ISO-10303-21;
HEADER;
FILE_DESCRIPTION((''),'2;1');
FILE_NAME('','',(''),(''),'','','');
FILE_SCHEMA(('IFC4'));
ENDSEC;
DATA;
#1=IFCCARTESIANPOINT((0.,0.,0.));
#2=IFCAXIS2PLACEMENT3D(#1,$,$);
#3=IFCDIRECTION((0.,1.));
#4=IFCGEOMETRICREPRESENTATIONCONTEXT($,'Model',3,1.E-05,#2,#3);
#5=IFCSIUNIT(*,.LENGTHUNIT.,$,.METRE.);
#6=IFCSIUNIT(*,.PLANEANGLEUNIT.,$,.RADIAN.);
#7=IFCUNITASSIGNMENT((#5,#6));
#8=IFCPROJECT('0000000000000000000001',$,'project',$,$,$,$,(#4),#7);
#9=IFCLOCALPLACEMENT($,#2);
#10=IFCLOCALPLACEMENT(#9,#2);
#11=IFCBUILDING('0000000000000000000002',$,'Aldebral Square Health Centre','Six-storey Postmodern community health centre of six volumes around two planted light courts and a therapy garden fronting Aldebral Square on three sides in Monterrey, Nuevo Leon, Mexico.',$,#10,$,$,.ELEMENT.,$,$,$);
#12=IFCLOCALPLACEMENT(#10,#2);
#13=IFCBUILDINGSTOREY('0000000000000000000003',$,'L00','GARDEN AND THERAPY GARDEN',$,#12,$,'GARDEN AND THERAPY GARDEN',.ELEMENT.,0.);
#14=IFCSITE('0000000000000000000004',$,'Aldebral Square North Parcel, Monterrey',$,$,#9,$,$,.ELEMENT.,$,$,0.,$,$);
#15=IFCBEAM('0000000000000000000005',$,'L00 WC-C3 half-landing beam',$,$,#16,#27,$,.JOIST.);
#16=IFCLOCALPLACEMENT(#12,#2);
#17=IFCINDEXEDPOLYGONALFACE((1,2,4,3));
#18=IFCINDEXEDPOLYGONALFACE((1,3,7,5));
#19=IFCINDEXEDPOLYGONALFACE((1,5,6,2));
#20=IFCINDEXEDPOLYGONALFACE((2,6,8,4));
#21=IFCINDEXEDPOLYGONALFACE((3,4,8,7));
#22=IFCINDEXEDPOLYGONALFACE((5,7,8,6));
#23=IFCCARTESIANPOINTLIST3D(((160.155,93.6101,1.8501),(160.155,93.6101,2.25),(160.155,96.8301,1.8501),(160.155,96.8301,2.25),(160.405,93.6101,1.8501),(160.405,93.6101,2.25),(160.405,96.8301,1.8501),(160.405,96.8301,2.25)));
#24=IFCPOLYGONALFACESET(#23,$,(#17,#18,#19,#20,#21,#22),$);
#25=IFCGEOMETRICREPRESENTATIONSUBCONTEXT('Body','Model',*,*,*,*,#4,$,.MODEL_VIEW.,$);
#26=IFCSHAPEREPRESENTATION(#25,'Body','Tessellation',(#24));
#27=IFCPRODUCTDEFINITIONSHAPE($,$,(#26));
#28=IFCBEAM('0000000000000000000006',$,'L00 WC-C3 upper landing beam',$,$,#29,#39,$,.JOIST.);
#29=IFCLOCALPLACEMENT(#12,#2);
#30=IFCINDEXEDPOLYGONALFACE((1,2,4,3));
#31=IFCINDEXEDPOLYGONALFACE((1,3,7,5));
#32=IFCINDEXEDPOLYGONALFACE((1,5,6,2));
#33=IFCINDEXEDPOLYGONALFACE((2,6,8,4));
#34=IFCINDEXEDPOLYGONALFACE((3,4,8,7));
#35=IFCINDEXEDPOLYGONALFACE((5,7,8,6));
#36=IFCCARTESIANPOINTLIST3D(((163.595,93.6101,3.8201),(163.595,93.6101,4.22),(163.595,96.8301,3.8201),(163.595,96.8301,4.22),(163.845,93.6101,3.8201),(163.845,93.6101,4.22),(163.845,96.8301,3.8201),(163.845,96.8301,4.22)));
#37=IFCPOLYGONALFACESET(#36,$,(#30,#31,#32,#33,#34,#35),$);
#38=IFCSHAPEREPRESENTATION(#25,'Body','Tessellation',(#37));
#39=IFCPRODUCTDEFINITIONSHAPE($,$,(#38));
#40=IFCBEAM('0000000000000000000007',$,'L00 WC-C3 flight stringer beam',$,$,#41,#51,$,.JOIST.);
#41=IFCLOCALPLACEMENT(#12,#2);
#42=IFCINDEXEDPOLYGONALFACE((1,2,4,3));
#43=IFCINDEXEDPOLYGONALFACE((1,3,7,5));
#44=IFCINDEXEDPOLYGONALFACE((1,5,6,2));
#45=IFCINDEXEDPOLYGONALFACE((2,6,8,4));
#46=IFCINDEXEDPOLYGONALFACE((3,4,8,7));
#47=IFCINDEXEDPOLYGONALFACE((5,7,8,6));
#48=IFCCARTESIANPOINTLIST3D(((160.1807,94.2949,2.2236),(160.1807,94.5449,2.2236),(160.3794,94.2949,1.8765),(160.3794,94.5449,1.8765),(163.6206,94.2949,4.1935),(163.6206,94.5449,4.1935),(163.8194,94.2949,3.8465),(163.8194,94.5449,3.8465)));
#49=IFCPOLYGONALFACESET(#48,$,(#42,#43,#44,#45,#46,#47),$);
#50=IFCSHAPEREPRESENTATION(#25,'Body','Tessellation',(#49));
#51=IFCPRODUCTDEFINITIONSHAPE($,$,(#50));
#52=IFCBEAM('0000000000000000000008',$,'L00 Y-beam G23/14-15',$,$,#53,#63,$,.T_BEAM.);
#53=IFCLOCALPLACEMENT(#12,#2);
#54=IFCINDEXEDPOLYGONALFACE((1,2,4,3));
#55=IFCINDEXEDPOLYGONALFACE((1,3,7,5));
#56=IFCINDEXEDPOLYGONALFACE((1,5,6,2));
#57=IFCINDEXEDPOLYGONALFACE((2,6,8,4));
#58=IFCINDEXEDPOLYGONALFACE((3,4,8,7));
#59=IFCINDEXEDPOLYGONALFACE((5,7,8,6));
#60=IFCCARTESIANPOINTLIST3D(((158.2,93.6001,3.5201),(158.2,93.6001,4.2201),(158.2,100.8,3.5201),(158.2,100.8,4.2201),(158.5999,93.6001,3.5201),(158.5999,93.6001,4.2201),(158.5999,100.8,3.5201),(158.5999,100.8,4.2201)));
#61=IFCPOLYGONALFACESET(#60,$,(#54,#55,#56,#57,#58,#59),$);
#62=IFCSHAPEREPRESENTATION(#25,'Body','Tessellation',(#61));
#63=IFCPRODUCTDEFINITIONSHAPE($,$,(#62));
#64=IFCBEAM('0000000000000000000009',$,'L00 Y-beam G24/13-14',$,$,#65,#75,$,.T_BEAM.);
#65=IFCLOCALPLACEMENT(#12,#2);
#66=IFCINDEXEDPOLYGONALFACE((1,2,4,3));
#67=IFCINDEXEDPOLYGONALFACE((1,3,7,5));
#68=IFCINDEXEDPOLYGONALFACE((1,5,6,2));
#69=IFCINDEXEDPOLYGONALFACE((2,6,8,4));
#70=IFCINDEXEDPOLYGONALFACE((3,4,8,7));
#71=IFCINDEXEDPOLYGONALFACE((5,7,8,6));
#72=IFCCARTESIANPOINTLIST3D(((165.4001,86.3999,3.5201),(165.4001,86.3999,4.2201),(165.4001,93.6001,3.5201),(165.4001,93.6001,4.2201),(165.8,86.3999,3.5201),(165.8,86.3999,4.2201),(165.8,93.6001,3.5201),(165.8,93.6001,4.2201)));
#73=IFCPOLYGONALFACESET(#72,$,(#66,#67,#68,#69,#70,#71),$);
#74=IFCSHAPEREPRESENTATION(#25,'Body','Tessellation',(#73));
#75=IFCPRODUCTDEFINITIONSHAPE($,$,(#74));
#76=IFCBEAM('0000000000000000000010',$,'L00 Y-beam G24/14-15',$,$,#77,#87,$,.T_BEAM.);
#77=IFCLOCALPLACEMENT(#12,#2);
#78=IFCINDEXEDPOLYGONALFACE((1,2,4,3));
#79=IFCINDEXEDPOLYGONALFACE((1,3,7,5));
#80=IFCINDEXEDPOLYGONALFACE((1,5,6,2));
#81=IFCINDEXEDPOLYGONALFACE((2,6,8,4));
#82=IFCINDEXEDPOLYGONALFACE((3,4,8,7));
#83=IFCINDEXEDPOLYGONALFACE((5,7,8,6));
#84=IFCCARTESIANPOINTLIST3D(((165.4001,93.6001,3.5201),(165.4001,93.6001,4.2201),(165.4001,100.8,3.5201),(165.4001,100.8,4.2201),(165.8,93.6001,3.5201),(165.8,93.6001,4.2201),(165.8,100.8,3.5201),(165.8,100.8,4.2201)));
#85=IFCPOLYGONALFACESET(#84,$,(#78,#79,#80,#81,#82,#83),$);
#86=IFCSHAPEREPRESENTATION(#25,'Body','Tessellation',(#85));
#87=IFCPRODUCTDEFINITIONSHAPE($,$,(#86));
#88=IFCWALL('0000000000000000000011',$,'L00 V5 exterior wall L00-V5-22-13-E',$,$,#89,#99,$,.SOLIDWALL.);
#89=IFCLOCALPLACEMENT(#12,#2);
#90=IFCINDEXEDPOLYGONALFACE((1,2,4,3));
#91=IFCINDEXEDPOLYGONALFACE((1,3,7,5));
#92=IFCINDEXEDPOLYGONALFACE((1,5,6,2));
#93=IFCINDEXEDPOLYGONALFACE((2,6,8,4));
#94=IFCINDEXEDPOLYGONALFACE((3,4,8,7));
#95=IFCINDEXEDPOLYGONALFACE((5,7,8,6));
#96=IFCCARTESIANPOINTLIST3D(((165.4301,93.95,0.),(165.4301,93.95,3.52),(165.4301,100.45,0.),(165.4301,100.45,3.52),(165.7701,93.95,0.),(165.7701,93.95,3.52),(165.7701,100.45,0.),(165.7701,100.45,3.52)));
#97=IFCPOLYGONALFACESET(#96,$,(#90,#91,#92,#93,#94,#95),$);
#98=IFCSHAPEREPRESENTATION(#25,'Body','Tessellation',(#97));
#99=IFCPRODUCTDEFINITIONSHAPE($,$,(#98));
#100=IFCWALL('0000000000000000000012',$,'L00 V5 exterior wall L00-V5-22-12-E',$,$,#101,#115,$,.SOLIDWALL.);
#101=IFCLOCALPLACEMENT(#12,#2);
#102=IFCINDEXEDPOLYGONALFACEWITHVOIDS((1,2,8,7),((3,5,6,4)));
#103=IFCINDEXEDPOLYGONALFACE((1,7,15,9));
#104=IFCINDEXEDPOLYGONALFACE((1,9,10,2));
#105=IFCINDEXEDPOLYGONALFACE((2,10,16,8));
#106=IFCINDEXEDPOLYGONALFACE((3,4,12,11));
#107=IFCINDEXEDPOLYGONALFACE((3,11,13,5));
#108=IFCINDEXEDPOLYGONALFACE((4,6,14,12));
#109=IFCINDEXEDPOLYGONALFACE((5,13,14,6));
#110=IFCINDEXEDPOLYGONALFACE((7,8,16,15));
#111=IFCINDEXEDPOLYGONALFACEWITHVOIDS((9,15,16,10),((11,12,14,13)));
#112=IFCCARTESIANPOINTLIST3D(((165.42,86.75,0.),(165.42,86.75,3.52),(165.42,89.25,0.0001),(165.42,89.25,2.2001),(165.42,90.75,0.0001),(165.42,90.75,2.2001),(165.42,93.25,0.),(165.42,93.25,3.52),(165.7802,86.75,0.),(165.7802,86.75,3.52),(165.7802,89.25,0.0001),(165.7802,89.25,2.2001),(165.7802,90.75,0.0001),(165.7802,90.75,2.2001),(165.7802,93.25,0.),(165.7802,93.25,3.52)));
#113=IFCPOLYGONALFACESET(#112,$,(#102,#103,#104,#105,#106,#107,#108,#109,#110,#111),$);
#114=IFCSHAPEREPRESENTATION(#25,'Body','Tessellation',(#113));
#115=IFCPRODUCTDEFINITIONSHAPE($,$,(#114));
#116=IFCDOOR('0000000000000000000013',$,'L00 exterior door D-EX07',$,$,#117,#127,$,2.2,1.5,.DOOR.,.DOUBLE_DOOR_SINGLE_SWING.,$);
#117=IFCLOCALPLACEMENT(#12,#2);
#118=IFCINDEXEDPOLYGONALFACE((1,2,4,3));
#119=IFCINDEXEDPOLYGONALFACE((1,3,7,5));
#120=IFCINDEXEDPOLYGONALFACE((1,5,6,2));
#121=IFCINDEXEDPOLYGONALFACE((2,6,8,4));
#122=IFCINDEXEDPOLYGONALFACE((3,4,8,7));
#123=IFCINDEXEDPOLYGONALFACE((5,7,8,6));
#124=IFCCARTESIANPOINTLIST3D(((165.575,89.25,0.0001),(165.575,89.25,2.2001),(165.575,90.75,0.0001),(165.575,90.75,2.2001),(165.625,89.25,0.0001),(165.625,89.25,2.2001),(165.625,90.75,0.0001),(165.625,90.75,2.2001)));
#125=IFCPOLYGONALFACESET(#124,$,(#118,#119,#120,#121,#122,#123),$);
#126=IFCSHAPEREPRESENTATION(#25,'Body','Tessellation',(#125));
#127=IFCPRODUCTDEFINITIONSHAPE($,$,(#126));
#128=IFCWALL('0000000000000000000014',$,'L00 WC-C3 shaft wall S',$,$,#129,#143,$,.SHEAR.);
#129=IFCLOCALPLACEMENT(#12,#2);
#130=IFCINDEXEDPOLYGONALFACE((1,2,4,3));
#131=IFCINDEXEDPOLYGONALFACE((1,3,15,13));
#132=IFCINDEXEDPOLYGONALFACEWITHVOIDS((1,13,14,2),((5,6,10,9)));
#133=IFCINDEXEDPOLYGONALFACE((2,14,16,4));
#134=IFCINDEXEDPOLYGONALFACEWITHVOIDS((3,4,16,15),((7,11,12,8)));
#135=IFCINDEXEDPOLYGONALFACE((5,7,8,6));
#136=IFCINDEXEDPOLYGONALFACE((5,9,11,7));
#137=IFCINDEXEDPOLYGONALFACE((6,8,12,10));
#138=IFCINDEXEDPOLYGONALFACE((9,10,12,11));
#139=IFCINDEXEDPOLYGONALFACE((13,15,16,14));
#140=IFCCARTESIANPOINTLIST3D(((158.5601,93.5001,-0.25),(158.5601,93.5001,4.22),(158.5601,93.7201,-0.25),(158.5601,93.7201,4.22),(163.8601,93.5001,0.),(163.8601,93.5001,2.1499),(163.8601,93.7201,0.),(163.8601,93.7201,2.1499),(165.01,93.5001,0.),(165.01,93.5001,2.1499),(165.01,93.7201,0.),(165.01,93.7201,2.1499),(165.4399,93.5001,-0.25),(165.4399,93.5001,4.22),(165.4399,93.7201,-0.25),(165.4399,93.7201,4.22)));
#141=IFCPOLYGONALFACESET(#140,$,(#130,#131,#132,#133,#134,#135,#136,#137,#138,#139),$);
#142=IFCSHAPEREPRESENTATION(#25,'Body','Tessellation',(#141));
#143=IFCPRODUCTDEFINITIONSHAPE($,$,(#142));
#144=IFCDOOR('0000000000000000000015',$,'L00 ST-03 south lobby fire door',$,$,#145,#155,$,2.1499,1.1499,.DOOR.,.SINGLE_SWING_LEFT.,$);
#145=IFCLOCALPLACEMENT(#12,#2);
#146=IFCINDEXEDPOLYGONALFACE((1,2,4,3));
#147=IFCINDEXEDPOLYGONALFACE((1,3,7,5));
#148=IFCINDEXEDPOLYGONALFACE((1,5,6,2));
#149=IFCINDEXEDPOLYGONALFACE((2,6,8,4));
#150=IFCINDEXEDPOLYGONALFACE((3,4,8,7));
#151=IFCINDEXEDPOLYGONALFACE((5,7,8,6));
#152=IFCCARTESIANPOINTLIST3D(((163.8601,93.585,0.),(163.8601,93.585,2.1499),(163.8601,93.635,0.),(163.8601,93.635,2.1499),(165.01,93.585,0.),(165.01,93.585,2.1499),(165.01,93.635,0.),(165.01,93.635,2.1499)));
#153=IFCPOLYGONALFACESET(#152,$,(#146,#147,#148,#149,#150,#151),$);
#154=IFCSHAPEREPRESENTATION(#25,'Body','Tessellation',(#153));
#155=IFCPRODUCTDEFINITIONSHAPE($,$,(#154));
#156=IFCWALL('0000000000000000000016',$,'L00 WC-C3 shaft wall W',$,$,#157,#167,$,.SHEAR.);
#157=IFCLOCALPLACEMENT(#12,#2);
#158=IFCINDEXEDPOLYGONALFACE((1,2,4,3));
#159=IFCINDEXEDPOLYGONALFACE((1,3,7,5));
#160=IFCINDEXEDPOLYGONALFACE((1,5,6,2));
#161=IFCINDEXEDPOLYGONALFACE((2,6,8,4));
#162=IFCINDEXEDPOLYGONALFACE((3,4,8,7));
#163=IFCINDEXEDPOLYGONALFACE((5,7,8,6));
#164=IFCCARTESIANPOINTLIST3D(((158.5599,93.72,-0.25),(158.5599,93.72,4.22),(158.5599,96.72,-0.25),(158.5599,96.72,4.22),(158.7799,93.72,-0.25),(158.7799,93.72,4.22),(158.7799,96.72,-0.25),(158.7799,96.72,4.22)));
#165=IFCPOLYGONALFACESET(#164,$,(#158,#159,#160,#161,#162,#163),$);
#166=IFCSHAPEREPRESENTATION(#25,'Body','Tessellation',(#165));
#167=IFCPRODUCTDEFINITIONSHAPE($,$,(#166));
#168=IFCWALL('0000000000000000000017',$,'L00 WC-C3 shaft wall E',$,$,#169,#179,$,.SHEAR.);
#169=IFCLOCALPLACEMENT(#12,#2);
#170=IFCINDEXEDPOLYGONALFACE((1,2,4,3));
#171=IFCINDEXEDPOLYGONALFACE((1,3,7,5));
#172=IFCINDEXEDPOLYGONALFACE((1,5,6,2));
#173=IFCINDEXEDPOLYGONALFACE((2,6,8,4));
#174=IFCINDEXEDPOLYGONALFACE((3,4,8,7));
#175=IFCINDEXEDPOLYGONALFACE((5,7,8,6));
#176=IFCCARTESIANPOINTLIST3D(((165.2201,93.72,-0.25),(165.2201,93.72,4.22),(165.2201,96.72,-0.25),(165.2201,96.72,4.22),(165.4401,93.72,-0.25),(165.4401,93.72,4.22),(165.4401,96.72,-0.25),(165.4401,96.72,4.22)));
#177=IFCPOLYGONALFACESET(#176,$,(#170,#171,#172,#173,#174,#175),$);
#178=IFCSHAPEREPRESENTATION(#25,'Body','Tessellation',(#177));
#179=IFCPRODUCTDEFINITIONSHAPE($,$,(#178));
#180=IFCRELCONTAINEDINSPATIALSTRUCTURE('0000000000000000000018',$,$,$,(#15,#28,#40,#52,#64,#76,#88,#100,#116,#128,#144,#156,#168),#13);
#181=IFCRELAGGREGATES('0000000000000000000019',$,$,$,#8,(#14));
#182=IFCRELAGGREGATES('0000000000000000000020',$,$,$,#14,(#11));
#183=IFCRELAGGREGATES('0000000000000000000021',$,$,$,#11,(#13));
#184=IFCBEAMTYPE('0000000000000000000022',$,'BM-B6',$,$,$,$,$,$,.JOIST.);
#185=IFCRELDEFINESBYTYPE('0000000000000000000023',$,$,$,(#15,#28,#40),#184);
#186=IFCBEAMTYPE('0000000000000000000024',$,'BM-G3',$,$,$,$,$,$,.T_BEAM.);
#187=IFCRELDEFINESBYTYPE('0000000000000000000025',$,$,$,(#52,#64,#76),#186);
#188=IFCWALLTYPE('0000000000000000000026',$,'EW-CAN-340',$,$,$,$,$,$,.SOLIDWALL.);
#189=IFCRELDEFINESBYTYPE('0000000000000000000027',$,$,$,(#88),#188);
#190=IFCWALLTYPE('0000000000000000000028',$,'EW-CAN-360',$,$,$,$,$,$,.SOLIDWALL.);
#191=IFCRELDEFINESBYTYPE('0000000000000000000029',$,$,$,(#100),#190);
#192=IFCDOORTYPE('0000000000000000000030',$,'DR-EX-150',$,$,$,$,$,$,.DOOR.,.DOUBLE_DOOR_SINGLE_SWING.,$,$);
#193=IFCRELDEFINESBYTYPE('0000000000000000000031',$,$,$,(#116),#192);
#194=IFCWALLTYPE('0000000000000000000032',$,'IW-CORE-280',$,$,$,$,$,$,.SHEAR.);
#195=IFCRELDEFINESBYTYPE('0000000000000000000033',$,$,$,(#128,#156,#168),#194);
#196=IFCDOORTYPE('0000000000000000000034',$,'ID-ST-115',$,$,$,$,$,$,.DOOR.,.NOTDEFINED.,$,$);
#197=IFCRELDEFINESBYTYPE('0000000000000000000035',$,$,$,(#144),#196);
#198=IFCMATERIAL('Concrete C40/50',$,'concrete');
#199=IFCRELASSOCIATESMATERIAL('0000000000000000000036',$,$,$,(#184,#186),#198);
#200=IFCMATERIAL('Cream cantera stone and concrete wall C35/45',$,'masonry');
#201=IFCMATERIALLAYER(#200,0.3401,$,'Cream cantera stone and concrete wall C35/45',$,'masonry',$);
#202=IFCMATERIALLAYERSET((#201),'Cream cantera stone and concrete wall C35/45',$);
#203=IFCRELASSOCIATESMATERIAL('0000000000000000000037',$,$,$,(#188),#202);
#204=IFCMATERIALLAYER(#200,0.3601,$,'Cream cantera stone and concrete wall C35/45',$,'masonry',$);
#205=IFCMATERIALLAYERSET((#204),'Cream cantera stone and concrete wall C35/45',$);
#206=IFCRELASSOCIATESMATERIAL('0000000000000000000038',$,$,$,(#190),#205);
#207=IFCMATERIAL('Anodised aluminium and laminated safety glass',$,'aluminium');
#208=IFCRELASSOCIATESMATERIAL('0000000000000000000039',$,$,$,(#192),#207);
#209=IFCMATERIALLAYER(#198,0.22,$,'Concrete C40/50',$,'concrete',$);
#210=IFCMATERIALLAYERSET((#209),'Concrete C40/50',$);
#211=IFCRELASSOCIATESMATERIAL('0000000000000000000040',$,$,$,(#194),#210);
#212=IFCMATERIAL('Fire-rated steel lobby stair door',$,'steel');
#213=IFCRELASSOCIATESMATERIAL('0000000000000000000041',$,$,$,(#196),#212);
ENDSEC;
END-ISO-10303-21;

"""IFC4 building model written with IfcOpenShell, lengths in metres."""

from ifc_helpers import new_model, si_unit, direction, frame, frame_2d, origin, origin_2d, place, context, subcontext, project, spatial, rectangle, extrude, material, layer, layer_set, material_profile, profile_set, type_object, element, fill, save


model = new_model("IFC4")

# Units and contexts
model_context = context("Model", 3, precision=1e-05, world=origin(), true_north=direction((0.0, 1.0)))
body_context = subcontext(model_context, "Body", "Model", "MODEL_VIEW")
ifc_project = project(units=[si_unit("LENGTHUNIT", "METRE"), si_unit("PLANEANGLEUNIT", "RADIAN")], contexts=[model_context])

# Site, building, storey
site_placement = place(None, origin())
site = spatial("IfcSite", under=ifc_project, at=site_placement, Name="Aldebral Square North Parcel, Monterrey", CompositionType="ELEMENT", RefElevation=0.0)
building_placement = place(site_placement, origin())
building = spatial("IfcBuilding", under=site, at=building_placement, Name="Aldebral Square Health Centre", Description="Six-storey Postmodern community health centre of six volumes around two planted light courts and a therapy garden fronting Aldebral Square on three sides in Monterrey, Nuevo Leon, Mexico.", CompositionType="ELEMENT")
storey_placement = place(building_placement, origin())
storey = spatial("IfcBuildingStorey", under=building, at=storey_placement, Name="L00", Description="GARDEN AND THERAPY GARDEN", LongName="GARDEN AND THERAPY GARDEN", CompositionType="ELEMENT", Elevation=0.0)

# Shared definitions
ifc_material_1 = material(Name="Concrete C40/50", Category="concrete")

# Beams
ifc_material_profile_1 = material_profile(ifc_material_1, rectangle(XDim=0.25, YDim=0.3999, at=origin_2d()), Name="RC 250x400")
ifc_profile_set_1 = profile_set([ifc_material_profile_1], Name="Concrete C40/50")
beam_type_1 = type_object("IfcBeamType", Name="BM-B6", PredefinedType="JOIST", material=ifc_profile_set_1)
for number, where, z_axis, x_axis, name in (
    (1, (160.28, 93.6101, 2.05), (0.0, 1.0, 0.0), (-1.0, 0.0, 0.0), "L00 WC-C3 half-landing beam"),
    (2, (163.72, 93.6101, 4.02), (0.0, 1.0, 0.0), (-1.0, 0.0, 0.0), "L00 WC-C3 upper landing beam"),
):
    element("IfcBeam", number, at=place(storey_placement, frame(where, z_axis=z_axis, x_axis=x_axis)), inside=storey, type_object=beam_type_1, Name=name, PredefinedType="JOIST", context=body_context, shape_type="SweptSolid", body=[
        extrude(rectangle(XDim=0.25, YDim=0.3999, at=origin_2d()), origin(), (0.0, 0.0, 1.0), 3.22),
    ])
beam_1_placement = place(storey_placement, frame((160.28, 94.4199, 2.05), z_axis=(0.867777, 0.0, 0.496955), x_axis=(0.0, 1.0, 0.0)))
element("IfcBeam", 3, at=beam_1_placement, inside=storey, type_object=beam_type_1, Name="L00 WC-C3 flight stringer beam", PredefinedType="JOIST", context=body_context, shape_type="SweptSolid", body=[
    extrude(rectangle(XDim=0.25, YDim=0.3999, at=origin_2d()), origin(), (0.0, 0.0, 1.0), 3.9641),
])
ifc_material_profile_2 = material_profile(ifc_material_1, rectangle(XDim=0.3999, YDim=0.7, at=origin_2d()), Name="RC 400x700")
ifc_profile_set_2 = profile_set([ifc_material_profile_2], Name="Concrete C40/50")
beam_type_2 = type_object("IfcBeamType", Name="BM-G3", PredefinedType="T_BEAM", material=ifc_profile_set_2)
beam_2_placement = place(storey_placement, frame((158.3999, 93.6001, 3.8701), z_axis=(0.0, 1.0, 0.0), x_axis=(-1.0, 0.0, 0.0)))
element("IfcBeam", 4, at=beam_2_placement, inside=storey, type_object=beam_type_2, Name="L00 Y-beam G23/14-15", PredefinedType="T_BEAM", context=body_context, shape_type="SweptSolid", body=[
    extrude(rectangle(XDim=0.3999, YDim=0.7, at=origin_2d()), origin(), (0.0, 0.0, 1.0), 7.2),
])
beam_3_placement = place(storey_placement, frame((165.6001, 86.3999, 3.8701), z_axis=(0.0, 1.0, 0.0), x_axis=(-1.0, 0.0, 0.0)))
element("IfcBeam", 5, at=beam_3_placement, inside=storey, type_object=beam_type_2, Name="L00 Y-beam G24/13-14", PredefinedType="T_BEAM", context=body_context, shape_type="SweptSolid", body=[
    extrude(rectangle(XDim=0.3999, YDim=0.7, at=origin_2d()), origin(), (0.0, 0.0, 1.0), 7.2002),
])
beam_4_placement = place(storey_placement, frame((165.6001, 93.6001, 3.8701), z_axis=(0.0, 1.0, 0.0), x_axis=(-1.0, 0.0, 0.0)))
element("IfcBeam", 6, at=beam_4_placement, inside=storey, type_object=beam_type_2, Name="L00 Y-beam G24/14-15", PredefinedType="T_BEAM", context=body_context, shape_type="SweptSolid", body=[
    extrude(rectangle(XDim=0.3999, YDim=0.7, at=origin_2d()), origin(), (0.0, 0.0, 1.0), 7.2),
])

# Wall
ifc_material_2 = material(Name="Cream cantera stone and concrete wall C35/45", Category="masonry")
ifc_layer_1 = layer(ifc_material_2, 0.3401, Name="Cream cantera stone and concrete wall C35/45", Category="masonry")
ifc_layer_set_1 = layer_set([ifc_layer_1], Name="Cream cantera stone and concrete wall C35/45")
wall_type_1 = type_object("IfcWallType", Name="EW-CAN-340", PredefinedType="SOLIDWALL", material=ifc_layer_set_1)
wall_1_placement = place(storey_placement, frame((165.6001, 93.95, 0.0), z_axis=(0.0, 0.0, 1.0), x_axis=(0.0, 1.0, 0.0)))
element("IfcWall", 7, at=wall_1_placement, inside=storey, type_object=wall_type_1, Name="L00 V5 exterior wall L00-V5-22-13-E", PredefinedType="SOLIDWALL", context=body_context, shape_type="SweptSolid", body=[
    extrude(rectangle(XDim=6.5, YDim=0.3401, at=frame_2d((3.25, 0.0))), origin(), (0.0, 0.0, 1.0), 3.52),
])

# Walls, openings, doors
ifc_layer_2 = layer(ifc_material_2, 0.3601, Name="Cream cantera stone and concrete wall C35/45", Category="masonry")
ifc_layer_set_2 = layer_set([ifc_layer_2], Name="Cream cantera stone and concrete wall C35/45")
wall_type_2 = type_object("IfcWallType", Name="EW-CAN-360", PredefinedType="SOLIDWALL", material=ifc_layer_set_2)
wall_2_placement = place(storey_placement, frame((165.6001, 93.25, 0.0), z_axis=(0.0, 0.0, 1.0), x_axis=(0.0, -1.0, 0.0)))
wall_2 = element("IfcWall", 8, at=wall_2_placement, inside=storey, type_object=wall_type_2, Name="L00 V5 exterior wall L00-V5-22-12-E", PredefinedType="SOLIDWALL", context=body_context, shape_type="SweptSolid", body=[
    extrude(rectangle(XDim=6.5, YDim=0.3601, at=frame_2d((3.25, 0.0))), origin(), (0.0, 0.0, 1.0), 3.52),
])
opening_1_placement = place(wall_2_placement, frame((2.5, 0.0, 0.0)))
opening_1 = element("IfcOpeningElement", 9, at=opening_1_placement, cuts=wall_2, PredefinedType="OPENING", context=body_context, shape_type="SweptSolid", body=[
    extrude(rectangle(XDim=1.5, YDim=2.2, at=frame_2d((0.75, 1.1001))), frame((0.0, 0.1899, 0.0), z_axis=(0.0, -1.0, 0.0), x_axis=(1.0, 0.0, 0.0)), (0.0, 0.0, 1.0), 0.3801),
])
ifc_material_3 = material(Name="Anodised aluminium and laminated safety glass", Category="aluminium")
door_type_1 = type_object("IfcDoorType", Name="DR-EX-150", OperationType="DOUBLE_DOOR_SINGLE_SWING", PredefinedType="DOOR", material=ifc_material_3)
door_1_placement = place(opening_1_placement, origin())
door_1 = element("IfcDoor", 10, at=door_1_placement, inside=storey, type_object=door_type_1, Name="L00 exterior door D-EX07", OperationType="DOUBLE_DOOR_SINGLE_SWING", OverallHeight=2.2, OverallWidth=1.5, PredefinedType="DOOR", context=body_context, shape_type="SweptSolid", body=[
    extrude(rectangle(XDim=1.5, YDim=2.2, at=frame_2d((0.75, 1.1001))), frame((0.0, 0.0249, 0.0), z_axis=(0.0, -1.0, 0.0), x_axis=(1.0, 0.0, 0.0)), (0.0, 0.0, 1.0), 0.05),
])
fill(opening_1, door_1)
ifc_layer_3 = layer(ifc_material_1, 0.22, Name="Concrete C40/50", Category="concrete")
ifc_layer_set_3 = layer_set([ifc_layer_3], Name="Concrete C40/50")
wall_type_3 = type_object("IfcWallType", Name="IW-CORE-280", PredefinedType="SHEAR", material=ifc_layer_set_3)
wall_3_placement = place(storey_placement, frame((158.5601, 93.6101, -0.25), z_axis=(0.0, 0.0, 1.0), x_axis=(1.0, 0.0, 0.0)))
wall_3 = element("IfcWall", 11, at=wall_3_placement, inside=storey, type_object=wall_type_3, Name="L00 WC-C3 shaft wall S", PredefinedType="SHEAR", context=body_context, shape_type="SweptSolid", body=[
    extrude(rectangle(XDim=6.8799, YDim=0.22, at=frame_2d((3.4399, 0.0))), origin(), (0.0, 0.0, 1.0), 4.47),
])
opening_2_placement = place(wall_3_placement, frame((5.3, 0.0, 0.25)))
opening_2 = element("IfcOpeningElement", 12, at=opening_2_placement, cuts=wall_3, PredefinedType="OPENING", context=body_context, shape_type="SweptSolid", body=[
    extrude(rectangle(XDim=1.1499, YDim=2.1499, at=frame_2d((0.575, 1.075))), frame((0.0, 0.1201, 0.0), z_axis=(0.0, -1.0, 0.0), x_axis=(1.0, 0.0, 0.0)), (0.0, 0.0, 1.0), 0.24),
])
ifc_material_4 = material(Name="Fire-rated steel lobby stair door", Category="steel")
door_type_2 = type_object("IfcDoorType", Name="ID-ST-115", OperationType="NOTDEFINED", PredefinedType="DOOR", material=ifc_material_4)
door_2_placement = place(opening_2_placement, origin())
door_2 = element("IfcDoor", 13, at=door_2_placement, inside=storey, type_object=door_type_2, Name="L00 ST-03 south lobby fire door", OperationType="SINGLE_SWING_LEFT", OverallHeight=2.1499, OverallWidth=1.1499, PredefinedType="DOOR", context=body_context, shape_type="SweptSolid", body=[
    extrude(rectangle(XDim=1.1499, YDim=2.1499, at=frame_2d((0.575, 1.075))), frame((0.0, 0.0249, 0.0), z_axis=(0.0, -1.0, 0.0), x_axis=(1.0, 0.0, 0.0)), (0.0, 0.0, 1.0), 0.05),
])
fill(opening_2, door_2)

# Walls
for number, where, z_axis, x_axis, name in (
    (14, (158.6699, 93.72, -0.25), (0.0, 0.0, 1.0), (0.0, 1.0, 0.0), "L00 WC-C3 shaft wall W"),
    (15, (165.3301, 93.72, -0.25), (0.0, 0.0, 1.0), (0.0, 1.0, 0.0), "L00 WC-C3 shaft wall E"),
):
    element("IfcWall", number, at=place(storey_placement, frame(where, z_axis=z_axis, x_axis=x_axis)), inside=storey, type_object=wall_type_3, Name=name, PredefinedType="SHEAR", context=body_context, shape_type="SweptSolid", body=[
        extrude(rectangle(XDim=3.0, YDim=0.22, at=frame_2d((1.5, 0.0))), origin(), (0.0, 0.0, 1.0), 4.47),
    ])

save(model, "model.ifc")
